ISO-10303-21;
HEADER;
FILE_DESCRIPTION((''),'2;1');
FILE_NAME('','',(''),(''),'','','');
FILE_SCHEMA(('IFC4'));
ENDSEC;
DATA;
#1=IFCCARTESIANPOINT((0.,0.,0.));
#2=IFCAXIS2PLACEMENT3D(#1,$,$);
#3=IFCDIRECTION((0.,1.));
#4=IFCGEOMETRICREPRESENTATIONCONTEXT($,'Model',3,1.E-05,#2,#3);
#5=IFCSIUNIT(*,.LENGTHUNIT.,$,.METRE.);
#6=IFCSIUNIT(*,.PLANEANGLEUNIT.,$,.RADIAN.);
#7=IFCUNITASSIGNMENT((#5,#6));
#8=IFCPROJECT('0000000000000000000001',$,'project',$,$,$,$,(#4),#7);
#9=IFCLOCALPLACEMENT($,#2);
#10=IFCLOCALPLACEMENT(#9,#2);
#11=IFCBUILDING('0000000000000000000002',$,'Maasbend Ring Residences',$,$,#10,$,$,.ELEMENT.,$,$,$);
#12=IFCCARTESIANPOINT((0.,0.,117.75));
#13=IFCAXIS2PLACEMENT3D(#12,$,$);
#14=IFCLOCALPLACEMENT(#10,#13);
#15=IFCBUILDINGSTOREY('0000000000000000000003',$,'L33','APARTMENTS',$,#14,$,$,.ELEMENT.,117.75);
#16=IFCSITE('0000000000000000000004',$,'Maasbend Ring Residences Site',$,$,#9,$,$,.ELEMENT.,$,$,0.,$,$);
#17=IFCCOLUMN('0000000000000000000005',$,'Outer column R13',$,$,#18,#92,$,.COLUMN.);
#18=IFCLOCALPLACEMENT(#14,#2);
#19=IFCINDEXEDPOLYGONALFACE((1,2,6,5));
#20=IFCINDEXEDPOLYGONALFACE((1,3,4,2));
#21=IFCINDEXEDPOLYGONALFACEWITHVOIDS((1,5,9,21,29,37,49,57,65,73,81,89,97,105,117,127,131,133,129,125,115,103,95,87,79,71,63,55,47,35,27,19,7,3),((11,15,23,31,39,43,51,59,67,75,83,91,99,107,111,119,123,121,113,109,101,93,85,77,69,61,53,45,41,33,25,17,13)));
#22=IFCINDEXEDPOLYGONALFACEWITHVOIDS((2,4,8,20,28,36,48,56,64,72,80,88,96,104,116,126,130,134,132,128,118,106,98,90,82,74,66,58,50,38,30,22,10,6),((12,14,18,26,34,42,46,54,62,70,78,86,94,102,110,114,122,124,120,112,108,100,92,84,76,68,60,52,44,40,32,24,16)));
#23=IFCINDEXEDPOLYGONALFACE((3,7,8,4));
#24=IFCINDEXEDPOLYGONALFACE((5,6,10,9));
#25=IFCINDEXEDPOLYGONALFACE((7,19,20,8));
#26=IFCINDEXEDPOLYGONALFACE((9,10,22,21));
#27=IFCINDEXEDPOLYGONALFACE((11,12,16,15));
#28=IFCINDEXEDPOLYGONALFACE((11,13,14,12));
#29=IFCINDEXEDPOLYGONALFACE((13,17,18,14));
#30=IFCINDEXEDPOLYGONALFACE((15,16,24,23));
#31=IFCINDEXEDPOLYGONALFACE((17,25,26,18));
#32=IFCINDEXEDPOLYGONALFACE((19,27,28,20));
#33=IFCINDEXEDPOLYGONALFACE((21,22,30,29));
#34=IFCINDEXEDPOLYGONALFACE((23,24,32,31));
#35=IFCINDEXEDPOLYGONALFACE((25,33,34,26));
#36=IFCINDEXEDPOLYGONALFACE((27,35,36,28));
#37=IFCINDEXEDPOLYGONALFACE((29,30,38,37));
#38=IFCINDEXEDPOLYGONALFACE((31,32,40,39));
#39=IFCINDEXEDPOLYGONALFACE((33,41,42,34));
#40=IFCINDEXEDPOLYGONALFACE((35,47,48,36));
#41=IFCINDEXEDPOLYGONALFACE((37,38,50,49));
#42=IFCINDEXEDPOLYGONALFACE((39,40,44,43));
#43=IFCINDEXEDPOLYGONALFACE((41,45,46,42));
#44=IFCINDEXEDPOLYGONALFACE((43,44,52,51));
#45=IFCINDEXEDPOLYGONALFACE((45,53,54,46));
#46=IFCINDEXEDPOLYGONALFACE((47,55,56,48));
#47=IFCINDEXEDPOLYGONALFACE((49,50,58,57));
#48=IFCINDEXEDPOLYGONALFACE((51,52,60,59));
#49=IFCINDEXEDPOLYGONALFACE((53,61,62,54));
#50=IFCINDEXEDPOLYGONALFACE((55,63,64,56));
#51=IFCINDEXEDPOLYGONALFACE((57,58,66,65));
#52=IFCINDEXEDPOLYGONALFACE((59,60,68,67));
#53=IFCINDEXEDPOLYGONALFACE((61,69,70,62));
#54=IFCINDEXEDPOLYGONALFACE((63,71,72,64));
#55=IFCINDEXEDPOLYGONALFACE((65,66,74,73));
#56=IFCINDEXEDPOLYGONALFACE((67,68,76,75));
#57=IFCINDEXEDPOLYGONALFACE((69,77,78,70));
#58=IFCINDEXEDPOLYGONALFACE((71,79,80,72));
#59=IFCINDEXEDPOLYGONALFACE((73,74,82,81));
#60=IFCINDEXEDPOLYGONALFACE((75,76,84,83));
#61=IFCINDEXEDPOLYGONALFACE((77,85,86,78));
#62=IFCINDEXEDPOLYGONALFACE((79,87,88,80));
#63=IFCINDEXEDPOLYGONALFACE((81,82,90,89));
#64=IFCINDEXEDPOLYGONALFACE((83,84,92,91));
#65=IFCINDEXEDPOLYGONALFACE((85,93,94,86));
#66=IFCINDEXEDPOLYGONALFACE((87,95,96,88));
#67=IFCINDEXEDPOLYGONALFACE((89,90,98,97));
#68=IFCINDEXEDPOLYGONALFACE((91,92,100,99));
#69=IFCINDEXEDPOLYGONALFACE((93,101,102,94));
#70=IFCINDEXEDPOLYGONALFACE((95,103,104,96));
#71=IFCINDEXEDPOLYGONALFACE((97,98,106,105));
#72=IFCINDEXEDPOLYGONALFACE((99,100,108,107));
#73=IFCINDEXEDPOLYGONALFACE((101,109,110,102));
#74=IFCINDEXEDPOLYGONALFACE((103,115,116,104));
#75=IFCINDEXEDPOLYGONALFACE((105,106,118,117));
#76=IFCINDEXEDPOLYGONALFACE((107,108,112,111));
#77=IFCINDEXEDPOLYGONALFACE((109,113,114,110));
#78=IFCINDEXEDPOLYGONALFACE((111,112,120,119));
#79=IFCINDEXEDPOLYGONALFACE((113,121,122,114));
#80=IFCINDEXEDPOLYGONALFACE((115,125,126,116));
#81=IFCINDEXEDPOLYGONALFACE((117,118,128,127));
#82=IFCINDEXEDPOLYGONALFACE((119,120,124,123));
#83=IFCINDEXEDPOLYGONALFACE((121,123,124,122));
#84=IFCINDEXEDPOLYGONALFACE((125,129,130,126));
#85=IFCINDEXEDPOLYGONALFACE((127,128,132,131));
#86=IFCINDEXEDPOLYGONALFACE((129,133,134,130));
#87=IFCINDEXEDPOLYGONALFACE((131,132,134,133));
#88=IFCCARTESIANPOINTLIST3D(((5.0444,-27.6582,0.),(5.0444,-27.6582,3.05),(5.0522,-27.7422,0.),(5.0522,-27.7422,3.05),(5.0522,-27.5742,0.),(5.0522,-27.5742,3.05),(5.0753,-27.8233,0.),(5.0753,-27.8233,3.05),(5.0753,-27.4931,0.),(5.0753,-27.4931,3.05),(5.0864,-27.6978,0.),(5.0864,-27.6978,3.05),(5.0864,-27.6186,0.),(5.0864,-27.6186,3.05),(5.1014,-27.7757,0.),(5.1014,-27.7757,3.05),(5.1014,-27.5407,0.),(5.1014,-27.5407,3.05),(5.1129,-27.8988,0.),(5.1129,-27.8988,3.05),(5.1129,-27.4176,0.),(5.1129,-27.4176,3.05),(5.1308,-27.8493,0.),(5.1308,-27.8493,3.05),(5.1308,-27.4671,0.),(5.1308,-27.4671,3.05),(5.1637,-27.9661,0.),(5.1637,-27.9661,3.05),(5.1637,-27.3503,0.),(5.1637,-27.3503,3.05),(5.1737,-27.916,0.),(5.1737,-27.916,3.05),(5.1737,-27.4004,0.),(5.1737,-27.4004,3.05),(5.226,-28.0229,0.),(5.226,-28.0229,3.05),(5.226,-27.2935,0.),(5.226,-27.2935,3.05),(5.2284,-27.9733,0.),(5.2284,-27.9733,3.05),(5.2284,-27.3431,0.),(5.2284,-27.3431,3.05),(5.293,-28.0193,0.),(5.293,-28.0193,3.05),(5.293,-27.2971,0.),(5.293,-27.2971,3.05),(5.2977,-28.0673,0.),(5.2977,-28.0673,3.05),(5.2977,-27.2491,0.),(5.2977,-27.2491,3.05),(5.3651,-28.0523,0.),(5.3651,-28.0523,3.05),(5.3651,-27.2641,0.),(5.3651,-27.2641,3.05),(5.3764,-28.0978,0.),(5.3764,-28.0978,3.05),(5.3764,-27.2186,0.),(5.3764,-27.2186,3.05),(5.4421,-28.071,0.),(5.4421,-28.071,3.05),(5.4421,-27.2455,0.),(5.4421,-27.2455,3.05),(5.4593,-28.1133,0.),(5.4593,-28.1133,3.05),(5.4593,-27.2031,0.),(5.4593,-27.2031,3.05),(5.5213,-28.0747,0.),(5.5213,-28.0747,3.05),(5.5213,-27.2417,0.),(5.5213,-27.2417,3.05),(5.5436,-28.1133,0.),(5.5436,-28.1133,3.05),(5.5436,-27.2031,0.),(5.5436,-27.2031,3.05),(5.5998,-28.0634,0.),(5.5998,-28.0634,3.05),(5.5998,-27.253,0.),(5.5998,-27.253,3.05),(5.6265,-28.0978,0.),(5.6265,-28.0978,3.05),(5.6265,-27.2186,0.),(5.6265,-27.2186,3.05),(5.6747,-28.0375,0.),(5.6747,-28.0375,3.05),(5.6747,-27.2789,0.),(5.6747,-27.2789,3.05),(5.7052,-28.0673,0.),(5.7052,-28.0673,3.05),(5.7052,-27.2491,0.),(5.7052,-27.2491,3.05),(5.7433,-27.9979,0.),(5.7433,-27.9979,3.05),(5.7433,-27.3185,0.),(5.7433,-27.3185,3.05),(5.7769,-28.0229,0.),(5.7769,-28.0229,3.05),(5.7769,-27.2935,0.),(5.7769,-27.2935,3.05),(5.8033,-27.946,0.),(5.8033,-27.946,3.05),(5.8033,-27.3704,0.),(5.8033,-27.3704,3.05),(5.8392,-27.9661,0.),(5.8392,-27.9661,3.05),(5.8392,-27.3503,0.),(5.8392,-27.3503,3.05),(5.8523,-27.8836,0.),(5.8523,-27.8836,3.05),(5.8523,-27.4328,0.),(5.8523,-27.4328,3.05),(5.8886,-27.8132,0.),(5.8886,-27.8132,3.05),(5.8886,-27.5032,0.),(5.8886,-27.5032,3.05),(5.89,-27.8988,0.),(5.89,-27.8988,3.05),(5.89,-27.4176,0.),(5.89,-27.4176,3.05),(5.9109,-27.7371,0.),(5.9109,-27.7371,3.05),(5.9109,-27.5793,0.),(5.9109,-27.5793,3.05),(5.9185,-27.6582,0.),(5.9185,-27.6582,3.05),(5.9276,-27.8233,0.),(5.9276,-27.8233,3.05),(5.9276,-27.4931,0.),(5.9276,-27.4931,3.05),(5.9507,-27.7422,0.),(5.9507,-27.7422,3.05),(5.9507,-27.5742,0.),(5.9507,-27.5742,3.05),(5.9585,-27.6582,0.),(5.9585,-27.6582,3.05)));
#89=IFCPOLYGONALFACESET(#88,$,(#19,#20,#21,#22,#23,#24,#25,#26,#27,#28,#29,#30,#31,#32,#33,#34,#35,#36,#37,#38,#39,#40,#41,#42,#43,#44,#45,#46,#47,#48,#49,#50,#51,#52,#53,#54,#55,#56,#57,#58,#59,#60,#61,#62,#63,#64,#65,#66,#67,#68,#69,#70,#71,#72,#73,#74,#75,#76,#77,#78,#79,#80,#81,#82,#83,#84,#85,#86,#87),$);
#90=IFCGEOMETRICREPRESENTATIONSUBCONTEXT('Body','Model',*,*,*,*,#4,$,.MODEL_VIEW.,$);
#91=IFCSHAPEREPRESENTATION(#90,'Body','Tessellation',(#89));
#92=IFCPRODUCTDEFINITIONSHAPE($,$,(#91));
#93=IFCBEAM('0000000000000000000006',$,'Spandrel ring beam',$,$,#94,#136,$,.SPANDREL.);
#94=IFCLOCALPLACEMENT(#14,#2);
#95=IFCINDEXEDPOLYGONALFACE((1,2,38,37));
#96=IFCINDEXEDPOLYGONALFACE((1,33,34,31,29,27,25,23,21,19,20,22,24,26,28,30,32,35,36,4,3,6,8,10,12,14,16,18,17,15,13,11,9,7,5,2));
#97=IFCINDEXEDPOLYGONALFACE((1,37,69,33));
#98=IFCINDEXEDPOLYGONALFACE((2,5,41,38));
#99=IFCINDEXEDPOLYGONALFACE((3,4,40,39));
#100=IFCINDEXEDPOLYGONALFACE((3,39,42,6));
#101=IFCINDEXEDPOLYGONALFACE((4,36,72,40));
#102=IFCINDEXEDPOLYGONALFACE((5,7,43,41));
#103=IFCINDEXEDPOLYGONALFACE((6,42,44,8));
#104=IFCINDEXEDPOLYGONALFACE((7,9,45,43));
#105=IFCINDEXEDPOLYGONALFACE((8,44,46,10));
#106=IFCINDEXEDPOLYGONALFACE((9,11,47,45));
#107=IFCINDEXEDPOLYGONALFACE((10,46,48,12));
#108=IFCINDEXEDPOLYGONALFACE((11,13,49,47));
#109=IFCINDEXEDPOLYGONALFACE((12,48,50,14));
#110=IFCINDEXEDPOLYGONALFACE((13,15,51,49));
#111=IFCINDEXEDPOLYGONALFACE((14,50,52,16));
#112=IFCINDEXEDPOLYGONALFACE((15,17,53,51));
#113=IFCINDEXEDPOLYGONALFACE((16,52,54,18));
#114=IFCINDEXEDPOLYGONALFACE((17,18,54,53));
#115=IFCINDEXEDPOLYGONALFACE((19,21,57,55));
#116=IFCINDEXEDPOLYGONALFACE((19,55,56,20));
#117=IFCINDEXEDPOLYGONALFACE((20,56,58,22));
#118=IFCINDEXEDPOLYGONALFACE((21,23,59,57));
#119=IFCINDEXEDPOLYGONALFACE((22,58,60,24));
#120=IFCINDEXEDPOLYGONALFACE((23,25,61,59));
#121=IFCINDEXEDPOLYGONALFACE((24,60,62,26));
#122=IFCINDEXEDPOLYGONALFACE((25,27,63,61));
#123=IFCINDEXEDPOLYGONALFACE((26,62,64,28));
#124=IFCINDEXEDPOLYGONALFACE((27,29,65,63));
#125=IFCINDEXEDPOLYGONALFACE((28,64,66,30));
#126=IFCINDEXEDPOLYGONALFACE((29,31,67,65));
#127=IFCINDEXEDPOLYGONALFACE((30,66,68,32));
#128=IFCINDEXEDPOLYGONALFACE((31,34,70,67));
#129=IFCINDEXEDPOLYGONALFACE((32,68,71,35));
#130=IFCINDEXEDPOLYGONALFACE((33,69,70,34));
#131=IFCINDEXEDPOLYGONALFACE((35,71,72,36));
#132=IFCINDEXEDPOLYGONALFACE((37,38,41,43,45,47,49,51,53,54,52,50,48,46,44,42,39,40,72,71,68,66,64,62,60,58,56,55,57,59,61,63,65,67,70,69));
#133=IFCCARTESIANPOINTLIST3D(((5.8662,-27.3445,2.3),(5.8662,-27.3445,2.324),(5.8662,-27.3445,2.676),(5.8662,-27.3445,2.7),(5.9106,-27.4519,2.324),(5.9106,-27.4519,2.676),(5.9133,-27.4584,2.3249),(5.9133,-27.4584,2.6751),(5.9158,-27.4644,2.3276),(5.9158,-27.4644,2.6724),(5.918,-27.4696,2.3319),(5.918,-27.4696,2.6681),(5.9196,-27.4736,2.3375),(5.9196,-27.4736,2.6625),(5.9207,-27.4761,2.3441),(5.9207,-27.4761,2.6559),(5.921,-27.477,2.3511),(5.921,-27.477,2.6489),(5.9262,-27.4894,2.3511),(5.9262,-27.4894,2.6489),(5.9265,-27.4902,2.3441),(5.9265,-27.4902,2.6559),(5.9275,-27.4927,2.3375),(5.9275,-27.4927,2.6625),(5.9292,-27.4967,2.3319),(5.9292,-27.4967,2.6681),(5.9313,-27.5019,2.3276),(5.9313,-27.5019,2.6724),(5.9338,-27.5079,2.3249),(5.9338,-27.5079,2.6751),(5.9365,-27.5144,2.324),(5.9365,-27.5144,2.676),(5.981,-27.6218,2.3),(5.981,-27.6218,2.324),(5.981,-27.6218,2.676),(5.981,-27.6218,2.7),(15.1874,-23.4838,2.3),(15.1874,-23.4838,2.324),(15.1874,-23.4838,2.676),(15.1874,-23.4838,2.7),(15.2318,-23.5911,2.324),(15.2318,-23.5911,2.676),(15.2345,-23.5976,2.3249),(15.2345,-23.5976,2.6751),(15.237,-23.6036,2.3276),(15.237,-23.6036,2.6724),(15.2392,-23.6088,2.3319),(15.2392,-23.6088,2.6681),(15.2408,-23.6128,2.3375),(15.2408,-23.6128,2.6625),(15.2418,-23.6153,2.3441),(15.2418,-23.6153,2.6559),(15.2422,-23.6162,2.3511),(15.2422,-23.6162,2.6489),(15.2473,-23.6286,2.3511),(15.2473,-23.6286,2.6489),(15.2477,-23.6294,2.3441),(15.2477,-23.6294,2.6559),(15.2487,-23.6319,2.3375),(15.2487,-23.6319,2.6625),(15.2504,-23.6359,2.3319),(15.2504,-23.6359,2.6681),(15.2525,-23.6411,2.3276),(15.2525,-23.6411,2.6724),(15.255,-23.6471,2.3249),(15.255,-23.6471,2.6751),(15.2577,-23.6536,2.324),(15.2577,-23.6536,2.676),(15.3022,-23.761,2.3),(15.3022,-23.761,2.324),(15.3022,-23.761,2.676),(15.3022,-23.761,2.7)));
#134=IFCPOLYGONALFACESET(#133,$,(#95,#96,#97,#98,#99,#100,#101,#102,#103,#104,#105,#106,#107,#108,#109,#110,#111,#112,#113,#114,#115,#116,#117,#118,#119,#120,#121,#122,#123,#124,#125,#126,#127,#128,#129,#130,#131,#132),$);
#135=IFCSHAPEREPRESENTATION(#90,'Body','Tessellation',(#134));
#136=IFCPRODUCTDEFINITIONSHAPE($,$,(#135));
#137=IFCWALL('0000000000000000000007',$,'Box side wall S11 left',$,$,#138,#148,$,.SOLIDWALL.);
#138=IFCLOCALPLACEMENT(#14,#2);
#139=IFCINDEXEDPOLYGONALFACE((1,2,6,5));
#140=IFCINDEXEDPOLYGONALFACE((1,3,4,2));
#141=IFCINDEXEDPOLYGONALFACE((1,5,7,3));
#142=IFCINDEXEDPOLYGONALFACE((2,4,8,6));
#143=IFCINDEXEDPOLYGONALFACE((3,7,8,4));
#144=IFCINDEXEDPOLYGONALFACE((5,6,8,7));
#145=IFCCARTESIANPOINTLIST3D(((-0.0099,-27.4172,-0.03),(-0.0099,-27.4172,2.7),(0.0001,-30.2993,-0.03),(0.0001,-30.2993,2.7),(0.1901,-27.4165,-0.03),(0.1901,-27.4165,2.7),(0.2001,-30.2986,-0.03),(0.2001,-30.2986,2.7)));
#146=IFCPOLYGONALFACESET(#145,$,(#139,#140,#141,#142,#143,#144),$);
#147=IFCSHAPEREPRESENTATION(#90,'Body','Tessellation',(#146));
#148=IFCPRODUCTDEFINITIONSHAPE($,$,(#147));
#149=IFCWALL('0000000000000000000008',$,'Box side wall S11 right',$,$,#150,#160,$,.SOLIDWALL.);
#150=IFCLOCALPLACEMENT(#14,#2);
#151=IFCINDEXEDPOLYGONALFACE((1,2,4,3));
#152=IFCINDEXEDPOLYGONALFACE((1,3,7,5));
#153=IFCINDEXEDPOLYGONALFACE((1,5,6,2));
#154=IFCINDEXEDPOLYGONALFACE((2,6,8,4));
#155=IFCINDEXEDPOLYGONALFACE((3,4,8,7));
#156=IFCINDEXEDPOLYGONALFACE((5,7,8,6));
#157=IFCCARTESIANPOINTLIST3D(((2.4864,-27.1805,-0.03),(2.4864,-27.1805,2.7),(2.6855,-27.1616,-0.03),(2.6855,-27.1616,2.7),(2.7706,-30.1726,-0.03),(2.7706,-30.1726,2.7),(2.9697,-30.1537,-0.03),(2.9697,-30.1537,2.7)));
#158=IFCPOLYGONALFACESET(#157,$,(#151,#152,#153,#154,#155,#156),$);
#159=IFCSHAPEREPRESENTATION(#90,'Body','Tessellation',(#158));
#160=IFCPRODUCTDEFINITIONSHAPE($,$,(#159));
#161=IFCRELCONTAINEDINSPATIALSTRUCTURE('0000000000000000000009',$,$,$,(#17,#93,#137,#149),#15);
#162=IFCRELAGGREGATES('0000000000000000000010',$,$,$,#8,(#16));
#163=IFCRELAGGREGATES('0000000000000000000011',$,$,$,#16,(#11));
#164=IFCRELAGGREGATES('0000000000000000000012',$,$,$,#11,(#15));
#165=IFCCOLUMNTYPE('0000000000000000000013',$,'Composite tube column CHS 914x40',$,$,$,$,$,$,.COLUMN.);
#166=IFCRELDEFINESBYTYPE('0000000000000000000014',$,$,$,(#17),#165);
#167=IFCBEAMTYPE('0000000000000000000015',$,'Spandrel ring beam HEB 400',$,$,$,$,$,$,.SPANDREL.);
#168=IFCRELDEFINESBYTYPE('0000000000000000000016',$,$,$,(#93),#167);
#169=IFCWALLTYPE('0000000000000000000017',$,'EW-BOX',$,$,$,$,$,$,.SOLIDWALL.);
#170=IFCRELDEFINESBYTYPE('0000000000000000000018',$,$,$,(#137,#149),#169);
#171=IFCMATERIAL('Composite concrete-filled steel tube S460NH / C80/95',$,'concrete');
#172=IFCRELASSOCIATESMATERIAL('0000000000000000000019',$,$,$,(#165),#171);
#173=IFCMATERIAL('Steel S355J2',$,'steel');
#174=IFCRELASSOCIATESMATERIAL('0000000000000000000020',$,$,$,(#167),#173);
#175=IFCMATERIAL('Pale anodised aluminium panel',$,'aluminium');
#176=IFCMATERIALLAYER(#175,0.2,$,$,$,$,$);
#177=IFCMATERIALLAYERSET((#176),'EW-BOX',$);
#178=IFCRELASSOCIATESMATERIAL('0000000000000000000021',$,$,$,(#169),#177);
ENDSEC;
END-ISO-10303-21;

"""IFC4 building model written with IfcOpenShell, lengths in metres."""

from ifc_helpers import new_model, si_unit, direction, frame, frame_2d, origin, origin_2d, place, context, subcontext, project, spatial, rectangle, hollow_circle, i_section, extrude, material, layer, layer_set, material_profile, profile_set, type_object, element, save


model = new_model("IFC4")

# Units and contexts
model_context = context("Model", 3, precision=1e-05, world=origin(), true_north=direction((0.0, 1.0)))
body_context = subcontext(model_context, "Body", "Model", "MODEL_VIEW")
ifc_project = project(units=[si_unit("LENGTHUNIT", "METRE"), si_unit("PLANEANGLEUNIT", "RADIAN")], contexts=[model_context])

# Site, building, storey
site_placement = place(None, origin())
site = spatial("IfcSite", under=ifc_project, at=site_placement, Name="Maasbend Ring Residences Site", CompositionType="ELEMENT", RefElevation=0.0)
building_placement = place(site_placement, origin())
building = spatial("IfcBuilding", under=site, at=building_placement, Name="Maasbend Ring Residences", CompositionType="ELEMENT")
storey_placement = place(building_placement, frame((0.0, 0.0, 117.75)))
storey = spatial("IfcBuildingStorey", under=building, at=storey_placement, Name="L33", Description="APARTMENTS", CompositionType="ELEMENT", Elevation=117.75)

# Column
ifc_material_1 = material(Name="Composite concrete-filled steel tube S460NH / C80/95", Category="concrete")
ifc_material_profile_1 = material_profile(ifc_material_1, hollow_circle(Radius=0.457, WallThickness=0.04, at=origin_2d()), Name="Composite tube column CHS 914x40")
ifc_profile_set_1 = profile_set([ifc_material_profile_1], Name="Composite concrete-filled steel tube S460NH / C80/95")
column_type = type_object("IfcColumnType", Name="Composite tube column CHS 914x40", PredefinedType="COLUMN", material=ifc_profile_set_1)
column_placement = place(storey_placement, frame((5.5015, -27.6582, 0.0), z_axis=(0.0, 0.0, 1.0), x_axis=(1.0, 0.0, 0.0)))
element("IfcColumn", 1, at=column_placement, inside=storey, type_object=column_type, Name="Outer column R13", PredefinedType="COLUMN", context=body_context, shape_type="SweptSolid", body=[
    extrude(hollow_circle(Radius=0.457, WallThickness=0.04, at=origin_2d()), origin(), (0.0, 0.0, 1.0), 3.05),
])

# Beam
ifc_material_2 = material(Name="Steel S355J2", Category="steel")
ifc_material_profile_2 = material_profile(ifc_material_2, i_section(OverallWidth=0.3, OverallDepth=0.3999, WebThickness=0.0134, FlangeThickness=0.0239, FilletRadius=0.0271, at=origin_2d()), Name="HEB 400")
ifc_profile_set_2 = profile_set([ifc_material_profile_2], Name="Steel S355J2")
beam_type = type_object("IfcBeamType", Name="Spandrel ring beam HEB 400", PredefinedType="SPANDREL", material=ifc_profile_set_2)
beam_placement = place(storey_placement, frame((5.9236, -27.4832, 2.5), z_axis=(0.923885, 0.38267, 0.0), x_axis=(-0.38267, 0.923885, 0.0)))
element("IfcBeam", 2, at=beam_placement, inside=storey, type_object=beam_type, Name="Spandrel ring beam", PredefinedType="SPANDREL", context=body_context, shape_type="SweptSolid", body=[
    extrude(i_section(OverallWidth=0.3, OverallDepth=0.3999, WebThickness=0.0134, FlangeThickness=0.0239, FilletRadius=0.0271, at=origin_2d()), origin(), (0.0, 0.0, 1.0), 10.0891),
])

# Walls
ifc_material_3 = material(Name="Pale anodised aluminium panel", Category="aluminium")
ifc_layer_1 = layer(ifc_material_3, 0.2)
ifc_layer_set_1 = layer_set([ifc_layer_1], Name="EW-BOX")
wall_type_1 = type_object("IfcWallType", Name="EW-BOX", PredefinedType="SOLIDWALL", material=ifc_layer_set_1)
wall_1_placement = place(storey_placement, frame((0.0901, -27.417, -0.03), z_axis=(0.0, 0.0, 1.0), x_axis=(0.003473, -0.999994, 0.0)))
element("IfcWall", 3, at=wall_1_placement, inside=storey, type_object=wall_type_1, Name="Box side wall S11 left", PredefinedType="SOLIDWALL", context=body_context, shape_type="SweptSolid", body=[
    extrude(rectangle(XDim=2.8821, YDim=0.2, at=frame_2d((1.4409, 0.0))), origin(), (0.0, 0.0, 1.0), 2.73),
])
wall_2_placement = place(storey_placement, frame((2.5859, -27.1709, -0.03), z_axis=(0.0, 0.0, 1.0), x_axis=(0.094548, -0.99552, 0.0)))
element("IfcWall", 4, at=wall_2_placement, inside=storey, type_object=wall_type_1, Name="Box side wall S11 right", PredefinedType="SOLIDWALL", context=body_context, shape_type="SweptSolid", body=[
    extrude(rectangle(XDim=3.0056, YDim=0.2, at=frame_2d((1.5029, 0.0))), origin(), (0.0, 0.0, 1.0), 2.73),
])

save(model, "model.ifc")
